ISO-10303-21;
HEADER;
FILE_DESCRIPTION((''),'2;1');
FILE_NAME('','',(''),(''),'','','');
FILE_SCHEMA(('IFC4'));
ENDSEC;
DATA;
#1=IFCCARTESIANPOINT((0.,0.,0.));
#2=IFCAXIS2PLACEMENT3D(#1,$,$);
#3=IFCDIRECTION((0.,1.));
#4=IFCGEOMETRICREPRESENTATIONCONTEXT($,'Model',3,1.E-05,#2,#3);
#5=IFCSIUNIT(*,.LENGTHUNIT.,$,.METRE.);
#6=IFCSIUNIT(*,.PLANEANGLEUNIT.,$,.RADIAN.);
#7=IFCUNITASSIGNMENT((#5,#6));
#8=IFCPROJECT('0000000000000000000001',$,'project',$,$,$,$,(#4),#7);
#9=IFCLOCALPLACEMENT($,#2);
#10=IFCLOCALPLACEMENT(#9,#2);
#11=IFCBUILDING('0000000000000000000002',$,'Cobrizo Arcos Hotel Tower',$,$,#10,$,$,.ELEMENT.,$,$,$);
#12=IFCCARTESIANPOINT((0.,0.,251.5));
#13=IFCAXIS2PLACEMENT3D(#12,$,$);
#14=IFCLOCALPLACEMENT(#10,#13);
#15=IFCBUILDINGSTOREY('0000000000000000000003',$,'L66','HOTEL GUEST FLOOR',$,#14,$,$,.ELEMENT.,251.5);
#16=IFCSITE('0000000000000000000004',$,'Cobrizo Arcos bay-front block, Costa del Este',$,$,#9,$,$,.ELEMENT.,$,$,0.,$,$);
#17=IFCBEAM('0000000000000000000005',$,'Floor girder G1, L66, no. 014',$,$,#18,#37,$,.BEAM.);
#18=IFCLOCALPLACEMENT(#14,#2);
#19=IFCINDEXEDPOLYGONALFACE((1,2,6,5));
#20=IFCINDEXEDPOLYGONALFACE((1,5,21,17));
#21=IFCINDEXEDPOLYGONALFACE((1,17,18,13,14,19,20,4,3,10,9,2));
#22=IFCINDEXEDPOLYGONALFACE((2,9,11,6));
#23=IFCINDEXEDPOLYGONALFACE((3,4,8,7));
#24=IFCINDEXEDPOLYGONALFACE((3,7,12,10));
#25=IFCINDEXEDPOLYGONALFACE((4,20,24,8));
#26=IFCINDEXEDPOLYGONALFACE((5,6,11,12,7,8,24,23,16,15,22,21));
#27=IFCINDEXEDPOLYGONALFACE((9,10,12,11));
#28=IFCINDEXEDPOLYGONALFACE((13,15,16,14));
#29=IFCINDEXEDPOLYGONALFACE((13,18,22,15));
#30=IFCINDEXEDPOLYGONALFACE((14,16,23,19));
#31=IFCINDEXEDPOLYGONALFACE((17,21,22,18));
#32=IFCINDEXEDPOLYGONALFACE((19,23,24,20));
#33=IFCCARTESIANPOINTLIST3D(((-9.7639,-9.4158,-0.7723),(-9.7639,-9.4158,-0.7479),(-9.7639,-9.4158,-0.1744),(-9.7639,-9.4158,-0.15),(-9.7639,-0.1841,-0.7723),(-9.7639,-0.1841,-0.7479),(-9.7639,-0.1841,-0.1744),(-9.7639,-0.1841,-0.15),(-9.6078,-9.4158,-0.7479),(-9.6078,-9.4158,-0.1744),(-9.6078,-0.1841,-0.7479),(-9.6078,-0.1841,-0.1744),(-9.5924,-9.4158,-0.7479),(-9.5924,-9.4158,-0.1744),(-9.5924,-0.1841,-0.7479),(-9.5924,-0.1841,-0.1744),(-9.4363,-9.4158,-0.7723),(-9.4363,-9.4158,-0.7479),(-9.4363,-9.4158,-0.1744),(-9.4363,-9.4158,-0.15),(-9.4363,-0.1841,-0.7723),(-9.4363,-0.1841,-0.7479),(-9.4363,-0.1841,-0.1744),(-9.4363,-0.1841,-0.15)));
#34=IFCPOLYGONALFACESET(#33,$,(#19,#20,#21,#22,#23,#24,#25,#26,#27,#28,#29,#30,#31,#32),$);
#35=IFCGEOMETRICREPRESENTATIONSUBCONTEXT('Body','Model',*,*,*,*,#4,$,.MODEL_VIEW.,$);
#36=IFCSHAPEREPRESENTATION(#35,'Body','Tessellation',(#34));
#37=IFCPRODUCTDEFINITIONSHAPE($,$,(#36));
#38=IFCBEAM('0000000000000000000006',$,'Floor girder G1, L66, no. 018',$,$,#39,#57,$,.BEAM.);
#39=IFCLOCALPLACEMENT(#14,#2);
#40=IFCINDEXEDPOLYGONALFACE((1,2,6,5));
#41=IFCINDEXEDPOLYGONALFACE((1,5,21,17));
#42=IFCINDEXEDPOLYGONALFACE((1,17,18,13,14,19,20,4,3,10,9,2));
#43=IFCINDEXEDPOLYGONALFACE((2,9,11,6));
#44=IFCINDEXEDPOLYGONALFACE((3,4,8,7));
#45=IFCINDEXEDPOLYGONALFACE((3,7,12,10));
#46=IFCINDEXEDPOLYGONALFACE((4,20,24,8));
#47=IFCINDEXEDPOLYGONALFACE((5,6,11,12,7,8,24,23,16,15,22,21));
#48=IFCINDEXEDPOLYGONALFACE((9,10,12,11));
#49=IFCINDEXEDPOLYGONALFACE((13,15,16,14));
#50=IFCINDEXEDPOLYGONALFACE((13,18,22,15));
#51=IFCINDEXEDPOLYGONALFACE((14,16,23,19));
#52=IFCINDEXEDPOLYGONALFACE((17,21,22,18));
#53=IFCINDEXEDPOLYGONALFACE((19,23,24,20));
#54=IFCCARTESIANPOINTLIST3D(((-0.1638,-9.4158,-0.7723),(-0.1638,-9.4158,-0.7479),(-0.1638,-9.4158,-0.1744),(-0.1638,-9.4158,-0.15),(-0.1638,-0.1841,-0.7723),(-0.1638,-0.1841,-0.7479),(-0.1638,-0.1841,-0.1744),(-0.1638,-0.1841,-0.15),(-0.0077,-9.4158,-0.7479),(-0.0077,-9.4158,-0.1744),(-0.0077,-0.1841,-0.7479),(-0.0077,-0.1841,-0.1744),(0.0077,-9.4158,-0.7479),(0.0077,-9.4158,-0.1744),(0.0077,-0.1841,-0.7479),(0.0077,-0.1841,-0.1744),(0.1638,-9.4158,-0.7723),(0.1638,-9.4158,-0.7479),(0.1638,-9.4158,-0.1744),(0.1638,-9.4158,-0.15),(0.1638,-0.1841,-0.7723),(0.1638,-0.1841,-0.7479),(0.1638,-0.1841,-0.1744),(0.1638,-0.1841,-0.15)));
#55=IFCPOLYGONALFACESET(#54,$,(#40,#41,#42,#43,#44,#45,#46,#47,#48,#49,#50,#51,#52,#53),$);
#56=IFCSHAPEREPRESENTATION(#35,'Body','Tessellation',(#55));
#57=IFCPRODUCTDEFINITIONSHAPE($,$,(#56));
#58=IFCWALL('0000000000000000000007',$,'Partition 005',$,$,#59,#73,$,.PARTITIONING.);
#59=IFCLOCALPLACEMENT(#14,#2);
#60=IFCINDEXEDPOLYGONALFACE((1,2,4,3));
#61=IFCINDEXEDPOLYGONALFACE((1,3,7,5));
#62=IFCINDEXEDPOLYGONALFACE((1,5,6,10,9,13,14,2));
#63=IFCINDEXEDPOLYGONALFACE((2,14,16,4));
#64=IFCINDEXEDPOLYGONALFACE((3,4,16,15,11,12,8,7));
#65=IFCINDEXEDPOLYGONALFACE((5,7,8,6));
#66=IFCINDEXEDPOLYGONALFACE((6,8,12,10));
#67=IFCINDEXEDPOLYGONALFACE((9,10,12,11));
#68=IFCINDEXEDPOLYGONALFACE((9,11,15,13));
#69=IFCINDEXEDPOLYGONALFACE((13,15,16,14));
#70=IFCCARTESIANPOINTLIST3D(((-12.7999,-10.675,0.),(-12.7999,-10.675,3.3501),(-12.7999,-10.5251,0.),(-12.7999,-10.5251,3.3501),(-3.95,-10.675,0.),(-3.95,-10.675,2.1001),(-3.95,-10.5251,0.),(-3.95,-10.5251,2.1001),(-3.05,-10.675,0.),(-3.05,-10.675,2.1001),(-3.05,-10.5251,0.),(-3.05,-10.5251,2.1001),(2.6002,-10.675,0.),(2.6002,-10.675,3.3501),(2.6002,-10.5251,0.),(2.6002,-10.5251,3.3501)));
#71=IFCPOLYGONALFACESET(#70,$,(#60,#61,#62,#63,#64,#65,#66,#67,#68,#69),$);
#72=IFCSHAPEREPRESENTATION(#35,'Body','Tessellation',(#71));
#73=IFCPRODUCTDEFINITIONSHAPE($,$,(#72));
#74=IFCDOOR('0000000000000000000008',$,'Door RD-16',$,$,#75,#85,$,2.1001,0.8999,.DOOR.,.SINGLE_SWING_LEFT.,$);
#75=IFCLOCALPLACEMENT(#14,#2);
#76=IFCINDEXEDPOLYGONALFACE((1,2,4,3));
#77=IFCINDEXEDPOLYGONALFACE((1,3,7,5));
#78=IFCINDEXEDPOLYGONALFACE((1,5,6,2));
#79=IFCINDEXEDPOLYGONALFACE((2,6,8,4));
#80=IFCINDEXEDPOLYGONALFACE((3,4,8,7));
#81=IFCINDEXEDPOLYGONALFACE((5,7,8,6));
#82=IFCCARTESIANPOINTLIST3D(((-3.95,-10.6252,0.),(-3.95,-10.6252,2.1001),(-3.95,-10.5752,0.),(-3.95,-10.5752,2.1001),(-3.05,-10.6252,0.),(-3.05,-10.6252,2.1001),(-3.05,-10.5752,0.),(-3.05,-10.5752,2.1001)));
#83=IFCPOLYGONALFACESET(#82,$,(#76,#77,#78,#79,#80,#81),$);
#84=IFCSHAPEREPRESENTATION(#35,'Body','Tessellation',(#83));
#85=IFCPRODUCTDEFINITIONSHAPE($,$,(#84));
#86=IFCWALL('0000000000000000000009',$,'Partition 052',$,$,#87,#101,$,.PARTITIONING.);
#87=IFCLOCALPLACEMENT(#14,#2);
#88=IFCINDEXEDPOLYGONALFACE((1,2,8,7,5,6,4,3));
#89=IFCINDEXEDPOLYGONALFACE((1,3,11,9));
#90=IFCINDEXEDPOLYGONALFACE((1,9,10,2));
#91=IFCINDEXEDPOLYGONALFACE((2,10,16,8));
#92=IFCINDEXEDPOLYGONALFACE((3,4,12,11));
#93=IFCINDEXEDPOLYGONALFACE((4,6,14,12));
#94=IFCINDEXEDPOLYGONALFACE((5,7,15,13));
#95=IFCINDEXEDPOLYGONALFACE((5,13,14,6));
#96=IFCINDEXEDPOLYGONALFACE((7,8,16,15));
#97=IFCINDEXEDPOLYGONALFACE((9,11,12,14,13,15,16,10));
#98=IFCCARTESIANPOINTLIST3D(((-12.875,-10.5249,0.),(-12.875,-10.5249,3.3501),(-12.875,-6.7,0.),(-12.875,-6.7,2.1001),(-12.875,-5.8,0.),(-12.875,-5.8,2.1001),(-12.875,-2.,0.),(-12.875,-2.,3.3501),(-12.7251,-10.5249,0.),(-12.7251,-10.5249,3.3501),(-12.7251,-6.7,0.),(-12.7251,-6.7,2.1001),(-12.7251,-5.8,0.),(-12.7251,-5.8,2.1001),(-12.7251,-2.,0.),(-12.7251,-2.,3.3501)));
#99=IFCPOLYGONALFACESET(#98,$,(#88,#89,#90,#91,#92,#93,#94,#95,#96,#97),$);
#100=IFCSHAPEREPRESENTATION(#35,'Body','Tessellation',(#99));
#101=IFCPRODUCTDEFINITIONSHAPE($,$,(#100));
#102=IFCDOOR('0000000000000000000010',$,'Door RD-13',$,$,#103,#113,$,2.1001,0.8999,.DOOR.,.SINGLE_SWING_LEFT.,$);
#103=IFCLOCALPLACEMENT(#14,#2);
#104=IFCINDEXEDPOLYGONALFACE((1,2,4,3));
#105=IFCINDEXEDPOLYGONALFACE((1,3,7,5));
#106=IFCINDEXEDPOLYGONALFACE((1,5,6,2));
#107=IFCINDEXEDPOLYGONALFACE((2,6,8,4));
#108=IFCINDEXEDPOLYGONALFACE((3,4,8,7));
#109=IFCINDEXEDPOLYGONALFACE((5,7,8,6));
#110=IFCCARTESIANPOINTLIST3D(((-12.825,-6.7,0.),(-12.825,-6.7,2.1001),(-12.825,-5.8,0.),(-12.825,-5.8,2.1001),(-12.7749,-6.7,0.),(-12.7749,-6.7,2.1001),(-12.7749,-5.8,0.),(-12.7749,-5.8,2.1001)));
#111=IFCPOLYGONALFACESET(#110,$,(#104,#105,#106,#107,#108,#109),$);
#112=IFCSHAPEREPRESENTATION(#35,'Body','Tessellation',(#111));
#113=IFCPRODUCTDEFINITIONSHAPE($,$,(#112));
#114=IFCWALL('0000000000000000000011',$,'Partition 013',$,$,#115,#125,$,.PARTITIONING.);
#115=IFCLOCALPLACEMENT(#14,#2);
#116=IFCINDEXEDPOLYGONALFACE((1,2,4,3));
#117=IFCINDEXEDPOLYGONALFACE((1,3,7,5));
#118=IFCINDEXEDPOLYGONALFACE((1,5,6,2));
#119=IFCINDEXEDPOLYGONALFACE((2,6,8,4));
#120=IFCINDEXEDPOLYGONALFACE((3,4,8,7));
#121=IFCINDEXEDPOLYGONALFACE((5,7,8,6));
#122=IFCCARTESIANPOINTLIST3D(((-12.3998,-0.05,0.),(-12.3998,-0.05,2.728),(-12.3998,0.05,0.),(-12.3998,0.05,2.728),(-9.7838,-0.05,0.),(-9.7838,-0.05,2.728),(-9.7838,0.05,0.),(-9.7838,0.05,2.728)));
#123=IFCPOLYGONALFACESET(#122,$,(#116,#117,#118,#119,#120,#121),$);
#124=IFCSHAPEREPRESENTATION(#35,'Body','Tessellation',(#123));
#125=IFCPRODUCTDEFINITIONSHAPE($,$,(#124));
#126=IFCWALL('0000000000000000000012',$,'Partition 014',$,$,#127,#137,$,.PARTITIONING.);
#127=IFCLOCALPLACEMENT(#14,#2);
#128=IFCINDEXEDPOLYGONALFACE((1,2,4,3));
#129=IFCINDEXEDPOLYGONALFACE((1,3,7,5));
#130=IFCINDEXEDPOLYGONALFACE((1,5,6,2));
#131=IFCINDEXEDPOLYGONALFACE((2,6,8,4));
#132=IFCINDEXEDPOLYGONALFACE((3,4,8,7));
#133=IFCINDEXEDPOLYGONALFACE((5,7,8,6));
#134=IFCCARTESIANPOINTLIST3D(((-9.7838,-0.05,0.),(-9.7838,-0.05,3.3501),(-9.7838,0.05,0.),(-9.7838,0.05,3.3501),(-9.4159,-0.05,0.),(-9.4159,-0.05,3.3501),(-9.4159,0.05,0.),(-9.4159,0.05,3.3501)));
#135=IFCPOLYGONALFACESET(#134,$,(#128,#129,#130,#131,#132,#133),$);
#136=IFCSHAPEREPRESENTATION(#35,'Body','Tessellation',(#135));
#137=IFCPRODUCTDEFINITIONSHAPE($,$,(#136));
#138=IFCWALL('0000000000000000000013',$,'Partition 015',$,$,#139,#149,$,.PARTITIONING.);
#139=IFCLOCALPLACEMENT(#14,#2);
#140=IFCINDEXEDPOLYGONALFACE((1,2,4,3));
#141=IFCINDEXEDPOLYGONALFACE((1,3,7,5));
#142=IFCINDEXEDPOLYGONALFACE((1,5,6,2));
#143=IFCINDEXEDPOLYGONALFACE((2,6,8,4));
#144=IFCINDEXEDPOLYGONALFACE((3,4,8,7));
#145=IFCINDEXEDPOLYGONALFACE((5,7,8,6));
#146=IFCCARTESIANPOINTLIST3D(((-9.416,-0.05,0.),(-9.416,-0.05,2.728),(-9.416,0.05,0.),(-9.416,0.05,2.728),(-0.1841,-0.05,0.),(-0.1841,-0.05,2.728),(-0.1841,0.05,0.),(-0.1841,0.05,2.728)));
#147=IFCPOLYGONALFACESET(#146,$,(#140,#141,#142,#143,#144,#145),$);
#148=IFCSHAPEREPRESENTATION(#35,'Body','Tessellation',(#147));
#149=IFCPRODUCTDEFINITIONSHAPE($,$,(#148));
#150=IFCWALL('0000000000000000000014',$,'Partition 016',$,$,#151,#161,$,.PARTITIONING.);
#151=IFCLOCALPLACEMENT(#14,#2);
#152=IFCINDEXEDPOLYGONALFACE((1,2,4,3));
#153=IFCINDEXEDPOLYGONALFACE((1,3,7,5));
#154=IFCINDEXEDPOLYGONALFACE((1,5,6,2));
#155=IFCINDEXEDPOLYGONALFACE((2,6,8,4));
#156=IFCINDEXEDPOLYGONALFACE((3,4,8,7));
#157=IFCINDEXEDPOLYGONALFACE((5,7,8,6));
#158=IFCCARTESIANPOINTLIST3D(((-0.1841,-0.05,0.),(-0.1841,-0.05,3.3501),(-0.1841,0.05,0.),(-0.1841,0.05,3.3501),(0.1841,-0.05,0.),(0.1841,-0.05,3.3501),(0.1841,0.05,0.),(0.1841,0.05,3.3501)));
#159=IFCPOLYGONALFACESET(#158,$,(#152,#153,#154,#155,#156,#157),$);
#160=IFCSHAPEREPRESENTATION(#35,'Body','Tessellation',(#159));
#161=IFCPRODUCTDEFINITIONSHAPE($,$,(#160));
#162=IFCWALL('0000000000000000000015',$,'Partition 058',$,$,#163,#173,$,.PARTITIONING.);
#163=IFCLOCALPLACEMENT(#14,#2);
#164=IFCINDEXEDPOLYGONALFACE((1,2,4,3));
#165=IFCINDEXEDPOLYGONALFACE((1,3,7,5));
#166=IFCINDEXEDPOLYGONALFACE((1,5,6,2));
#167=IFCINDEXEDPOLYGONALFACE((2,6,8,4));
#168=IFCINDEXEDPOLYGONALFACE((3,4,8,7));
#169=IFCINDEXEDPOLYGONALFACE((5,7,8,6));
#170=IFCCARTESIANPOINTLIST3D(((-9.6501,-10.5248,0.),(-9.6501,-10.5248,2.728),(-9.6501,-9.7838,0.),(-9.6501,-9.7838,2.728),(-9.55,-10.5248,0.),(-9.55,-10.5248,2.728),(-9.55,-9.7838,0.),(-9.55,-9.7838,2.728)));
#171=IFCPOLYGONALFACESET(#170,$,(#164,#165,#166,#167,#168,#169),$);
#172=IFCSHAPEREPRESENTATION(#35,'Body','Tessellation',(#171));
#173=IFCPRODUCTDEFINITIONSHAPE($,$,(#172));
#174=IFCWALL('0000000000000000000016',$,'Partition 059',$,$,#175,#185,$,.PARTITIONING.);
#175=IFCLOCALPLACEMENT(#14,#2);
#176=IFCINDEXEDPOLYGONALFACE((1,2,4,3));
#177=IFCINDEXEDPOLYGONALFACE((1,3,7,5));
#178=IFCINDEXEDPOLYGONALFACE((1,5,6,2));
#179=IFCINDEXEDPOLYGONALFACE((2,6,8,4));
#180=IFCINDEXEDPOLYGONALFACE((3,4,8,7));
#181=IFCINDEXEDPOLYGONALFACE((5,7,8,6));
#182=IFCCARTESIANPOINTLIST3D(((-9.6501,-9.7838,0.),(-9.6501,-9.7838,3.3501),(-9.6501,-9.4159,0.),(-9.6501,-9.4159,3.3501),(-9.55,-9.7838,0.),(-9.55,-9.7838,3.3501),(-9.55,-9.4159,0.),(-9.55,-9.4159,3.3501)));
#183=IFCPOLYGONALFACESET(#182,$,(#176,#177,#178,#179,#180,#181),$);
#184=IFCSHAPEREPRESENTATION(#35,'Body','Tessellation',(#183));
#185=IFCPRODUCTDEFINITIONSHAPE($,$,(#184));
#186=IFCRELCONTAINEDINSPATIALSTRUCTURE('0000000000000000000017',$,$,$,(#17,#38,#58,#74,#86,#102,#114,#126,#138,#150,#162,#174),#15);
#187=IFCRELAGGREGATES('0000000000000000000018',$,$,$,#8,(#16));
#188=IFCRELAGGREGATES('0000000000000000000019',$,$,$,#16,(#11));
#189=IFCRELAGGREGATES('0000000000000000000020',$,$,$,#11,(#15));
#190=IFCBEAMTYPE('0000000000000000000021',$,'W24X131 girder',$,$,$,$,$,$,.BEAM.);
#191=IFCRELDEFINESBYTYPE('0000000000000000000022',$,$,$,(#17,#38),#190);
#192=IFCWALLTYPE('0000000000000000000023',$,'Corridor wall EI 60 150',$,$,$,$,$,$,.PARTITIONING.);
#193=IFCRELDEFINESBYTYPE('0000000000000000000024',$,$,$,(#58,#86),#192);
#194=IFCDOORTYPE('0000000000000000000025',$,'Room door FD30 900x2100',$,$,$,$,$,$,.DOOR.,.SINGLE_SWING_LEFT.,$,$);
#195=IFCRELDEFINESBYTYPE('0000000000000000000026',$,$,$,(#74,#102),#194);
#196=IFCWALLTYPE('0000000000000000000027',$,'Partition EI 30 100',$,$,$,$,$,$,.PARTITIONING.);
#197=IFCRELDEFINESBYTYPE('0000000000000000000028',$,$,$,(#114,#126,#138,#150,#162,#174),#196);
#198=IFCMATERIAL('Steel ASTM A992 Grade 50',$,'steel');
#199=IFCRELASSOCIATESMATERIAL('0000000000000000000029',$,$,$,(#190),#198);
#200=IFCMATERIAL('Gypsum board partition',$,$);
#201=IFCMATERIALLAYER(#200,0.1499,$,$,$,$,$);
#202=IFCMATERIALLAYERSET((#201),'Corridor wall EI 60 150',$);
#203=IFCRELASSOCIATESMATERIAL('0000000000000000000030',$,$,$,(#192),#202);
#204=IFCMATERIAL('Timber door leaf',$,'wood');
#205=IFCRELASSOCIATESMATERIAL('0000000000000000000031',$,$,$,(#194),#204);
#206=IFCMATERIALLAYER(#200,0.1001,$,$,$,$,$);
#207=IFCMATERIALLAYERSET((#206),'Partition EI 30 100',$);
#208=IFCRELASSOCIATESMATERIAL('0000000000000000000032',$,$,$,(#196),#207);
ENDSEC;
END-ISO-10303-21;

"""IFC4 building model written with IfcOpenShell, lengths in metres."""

from ifc_helpers import new_model, si_unit, direction, frame, frame_2d, origin, origin_2d, place, context, subcontext, project, spatial, rectangle, i_section, extrude, material, layer, layer_set, material_profile, profile_set, type_object, element, fill, save


model = new_model("IFC4")

# Units and contexts
model_context = context("Model", 3, precision=1e-05, world=origin(), true_north=direction((0.0, 1.0)))
body_context = subcontext(model_context, "Body", "Model", "MODEL_VIEW")
ifc_project = project(units=[si_unit("LENGTHUNIT", "METRE"), si_unit("PLANEANGLEUNIT", "RADIAN")], contexts=[model_context])

# Site, building, storey
site_placement = place(None, origin())
site = spatial("IfcSite", under=ifc_project, at=site_placement, Name="Cobrizo Arcos bay-front block, Costa del Este", CompositionType="ELEMENT", RefElevation=0.0)
building_placement = place(site_placement, origin())
building = spatial("IfcBuilding", under=site, at=building_placement, Name="Cobrizo Arcos Hotel Tower", CompositionType="ELEMENT")
storey_placement = place(building_placement, frame((0.0, 0.0, 251.5)))
storey = spatial("IfcBuildingStorey", under=building, at=storey_placement, Name="L66", Description="HOTEL GUEST FLOOR", CompositionType="ELEMENT", Elevation=251.5)

# Shared definitions
ifc_material_1 = material(Name="Steel ASTM A992 Grade 50", Category="steel")

# Beams
ifc_material_profile_1 = material_profile(ifc_material_1, i_section(OverallWidth=0.3276, OverallDepth=0.6223, WebThickness=0.0154, FlangeThickness=0.0244, at=origin_2d()), Name="W24X131")
ifc_profile_set_1 = profile_set([ifc_material_profile_1], Name="Steel ASTM A992 Grade 50")
beam_type_1 = type_object("IfcBeamType", Name="W24X131 girder", PredefinedType="BEAM", material=ifc_profile_set_1)
for number, where, z_axis, x_axis, name in (
    (1, (-9.6001, -9.4158, -0.4612), (0.0, 1.0, 0.0), (-1.0, 0.0, 0.0), "Floor girder G1, L66, no. 014"),
    (2, (0.0, -9.4158, -0.4612), (0.0, 1.0, 0.0), (-1.0, 0.0, 0.0), "Floor girder G1, L66, no. 018"),
):
    element("IfcBeam", number, at=place(storey_placement, frame(where, z_axis=z_axis, x_axis=x_axis)), inside=storey, type_object=beam_type_1, Name=name, PredefinedType="BEAM", context=body_context, shape_type="SweptSolid", body=[
        extrude(i_section(OverallWidth=0.3276, OverallDepth=0.6223, WebThickness=0.0154, FlangeThickness=0.0244, at=origin_2d()), origin(), (0.0, 0.0, 1.0), 9.2317),
    ])

# Walls, openings, doors
ifc_material_2 = material(Name="Gypsum board partition")
ifc_layer_1 = layer(ifc_material_2, 0.1499)
ifc_layer_set_1 = layer_set([ifc_layer_1], Name="Corridor wall EI 60 150")
wall_type_1 = type_object("IfcWallType", Name="Corridor wall EI 60 150", PredefinedType="PARTITIONING", material=ifc_layer_set_1)
wall_1_placement = place(storey_placement, frame((-12.8, -10.6001, 0.0), z_axis=(0.0, 0.0, 1.0), x_axis=(1.0, 0.0, 0.0)))
wall_1 = element("IfcWall", 3, at=wall_1_placement, inside=storey, type_object=wall_type_1, Name="Partition 005", PredefinedType="PARTITIONING", context=body_context, shape_type="SweptSolid", body=[
    extrude(rectangle(XDim=15.4001, YDim=0.1499, at=frame_2d((7.7002, 0.0))), origin(), (0.0, 0.0, 1.0), 3.3501),
])
opening_1_placement = place(wall_1_placement, frame((8.8501, 0.0, 0.0)))
opening_1 = element("IfcOpeningElement", 4, at=opening_1_placement, cuts=wall_1, PredefinedType="OPENING", context=body_context, shape_type="SweptSolid", body=[
    extrude(rectangle(XDim=0.8999, YDim=2.1001, at=frame_2d((0.45, 1.05))), frame((0.0, 0.0869, 0.0), z_axis=(0.0, -1.0, 0.0), x_axis=(1.0, 0.0, 0.0)), (0.0, 0.0, 1.0), 0.1738),
])
ifc_material_3 = material(Name="Timber door leaf", Category="wood")
door_type = type_object("IfcDoorType", Name="Room door FD30 900x2100", OperationType="SINGLE_SWING_LEFT", PredefinedType="DOOR", material=ifc_material_3)
door_1_placement = place(opening_1_placement, origin())
door_1 = element("IfcDoor", 5, at=door_1_placement, inside=storey, type_object=door_type, Name="Door RD-16", OperationType="SINGLE_SWING_LEFT", OverallHeight=2.1001, OverallWidth=0.8999, PredefinedType="DOOR", context=body_context, shape_type="SweptSolid", body=[
    extrude(rectangle(XDim=0.8999, YDim=2.1001, at=frame_2d((0.45, 1.05))), frame((0.0, 0.0249, 0.0), z_axis=(0.0, -1.0, 0.0), x_axis=(1.0, 0.0, 0.0)), (0.0, 0.0, 1.0), 0.05),
])
fill(opening_1, door_1)
wall_2_placement = place(storey_placement, frame((-12.8, -10.5249, 0.0), z_axis=(0.0, 0.0, 1.0), x_axis=(0.0, 1.0, 0.0)))
wall_2 = element("IfcWall", 6, at=wall_2_placement, inside=storey, type_object=wall_type_1, Name="Partition 052", PredefinedType="PARTITIONING", context=body_context, shape_type="SweptSolid", body=[
    extrude(rectangle(XDim=8.5249, YDim=0.1499, at=frame_2d((4.2625, 0.0))), origin(), (0.0, 0.0, 1.0), 3.3501),
])
opening_2_placement = place(wall_2_placement, frame((3.825, 0.0, 0.0)))
opening_2 = element("IfcOpeningElement", 7, at=opening_2_placement, cuts=wall_2, PredefinedType="OPENING", context=body_context, shape_type="SweptSolid", body=[
    extrude(rectangle(XDim=0.8999, YDim=2.1001, at=frame_2d((0.45, 1.05))), frame((0.0, 0.0869, 0.0), z_axis=(0.0, -1.0, 0.0), x_axis=(1.0, 0.0, 0.0)), (0.0, 0.0, 1.0), 0.1738),
])
door_2_placement = place(opening_2_placement, origin())
door_2 = element("IfcDoor", 8, at=door_2_placement, inside=storey, type_object=door_type, Name="Door RD-13", OperationType="SINGLE_SWING_LEFT", OverallHeight=2.1001, OverallWidth=0.8999, PredefinedType="DOOR", context=body_context, shape_type="SweptSolid", body=[
    extrude(rectangle(XDim=0.8999, YDim=2.1001, at=frame_2d((0.45, 1.05))), frame((0.0, 0.0249, 0.0), z_axis=(0.0, -1.0, 0.0), x_axis=(1.0, 0.0, 0.0)), (0.0, 0.0, 1.0), 0.05),
])
fill(opening_2, door_2)

# Walls
ifc_layer_2 = layer(ifc_material_2, 0.1001)
ifc_layer_set_2 = layer_set([ifc_layer_2], Name="Partition EI 30 100")
wall_type_2 = type_object("IfcWallType", Name="Partition EI 30 100", PredefinedType="PARTITIONING", material=ifc_layer_set_2)
wall_3_placement = place(storey_placement, frame((-12.3999, 0.0, 0.0), z_axis=(0.0, 0.0, 1.0), x_axis=(1.0, 0.0, 0.0)))
element("IfcWall", 9, at=wall_3_placement, inside=storey, type_object=wall_type_2, Name="Partition 013", PredefinedType="PARTITIONING", context=body_context, shape_type="SweptSolid", body=[
    extrude(rectangle(XDim=2.616, YDim=0.1001, at=frame_2d((1.3081, 0.0))), origin(), (0.0, 0.0, 1.0), 2.728),
])
wall_4_placement = place(storey_placement, frame((-9.7839, 0.0, 0.0), z_axis=(0.0, 0.0, 1.0), x_axis=(1.0, 0.0, 0.0)))
element("IfcWall", 10, at=wall_4_placement, inside=storey, type_object=wall_type_2, Name="Partition 014", PredefinedType="PARTITIONING", context=body_context, shape_type="SweptSolid", body=[
    extrude(rectangle(XDim=0.3679, YDim=0.1001, at=frame_2d((0.1841, 0.0))), origin(), (0.0, 0.0, 1.0), 3.3501),
])
wall_5_placement = place(storey_placement, frame((-9.416, 0.0, 0.0), z_axis=(0.0, 0.0, 1.0), x_axis=(1.0, 0.0, 0.0)))
element("IfcWall", 11, at=wall_5_placement, inside=storey, type_object=wall_type_2, Name="Partition 015", PredefinedType="PARTITIONING", context=body_context, shape_type="SweptSolid", body=[
    extrude(rectangle(XDim=9.2319, YDim=0.1001, at=frame_2d((4.616, 0.0))), origin(), (0.0, 0.0, 1.0), 2.728),
])
wall_6_placement = place(storey_placement, frame((-0.1841, 0.0, 0.0), z_axis=(0.0, 0.0, 1.0), x_axis=(1.0, 0.0, 0.0)))
element("IfcWall", 12, at=wall_6_placement, inside=storey, type_object=wall_type_2, Name="Partition 016", PredefinedType="PARTITIONING", context=body_context, shape_type="SweptSolid", body=[
    extrude(rectangle(XDim=0.3682, YDim=0.1001, at=frame_2d((0.1841, 0.0))), origin(), (0.0, 0.0, 1.0), 3.3501),
])
wall_7_placement = place(storey_placement, frame((-9.6001, -10.5249, 0.0), z_axis=(0.0, 0.0, 1.0), x_axis=(0.0, 1.0, 0.0)))
element("IfcWall", 13, at=wall_7_placement, inside=storey, type_object=wall_type_2, Name="Partition 058", PredefinedType="PARTITIONING", context=body_context, shape_type="SweptSolid", body=[
    extrude(rectangle(XDim=0.741, YDim=0.1001, at=frame_2d((0.3706, 0.0))), origin(), (0.0, 0.0, 1.0), 2.728),
])
wall_8_placement = place(storey_placement, frame((-9.6001, -9.7839, 0.0), z_axis=(0.0, 0.0, 1.0), x_axis=(0.0, 1.0, 0.0)))
element("IfcWall", 14, at=wall_8_placement, inside=storey, type_object=wall_type_2, Name="Partition 059", PredefinedType="PARTITIONING", context=body_context, shape_type="SweptSolid", body=[
    extrude(rectangle(XDim=0.3679, YDim=0.1001, at=frame_2d((0.1841, 0.0))), origin(), (0.0, 0.0, 1.0), 3.3501),
])

save(model, "model.ifc")
